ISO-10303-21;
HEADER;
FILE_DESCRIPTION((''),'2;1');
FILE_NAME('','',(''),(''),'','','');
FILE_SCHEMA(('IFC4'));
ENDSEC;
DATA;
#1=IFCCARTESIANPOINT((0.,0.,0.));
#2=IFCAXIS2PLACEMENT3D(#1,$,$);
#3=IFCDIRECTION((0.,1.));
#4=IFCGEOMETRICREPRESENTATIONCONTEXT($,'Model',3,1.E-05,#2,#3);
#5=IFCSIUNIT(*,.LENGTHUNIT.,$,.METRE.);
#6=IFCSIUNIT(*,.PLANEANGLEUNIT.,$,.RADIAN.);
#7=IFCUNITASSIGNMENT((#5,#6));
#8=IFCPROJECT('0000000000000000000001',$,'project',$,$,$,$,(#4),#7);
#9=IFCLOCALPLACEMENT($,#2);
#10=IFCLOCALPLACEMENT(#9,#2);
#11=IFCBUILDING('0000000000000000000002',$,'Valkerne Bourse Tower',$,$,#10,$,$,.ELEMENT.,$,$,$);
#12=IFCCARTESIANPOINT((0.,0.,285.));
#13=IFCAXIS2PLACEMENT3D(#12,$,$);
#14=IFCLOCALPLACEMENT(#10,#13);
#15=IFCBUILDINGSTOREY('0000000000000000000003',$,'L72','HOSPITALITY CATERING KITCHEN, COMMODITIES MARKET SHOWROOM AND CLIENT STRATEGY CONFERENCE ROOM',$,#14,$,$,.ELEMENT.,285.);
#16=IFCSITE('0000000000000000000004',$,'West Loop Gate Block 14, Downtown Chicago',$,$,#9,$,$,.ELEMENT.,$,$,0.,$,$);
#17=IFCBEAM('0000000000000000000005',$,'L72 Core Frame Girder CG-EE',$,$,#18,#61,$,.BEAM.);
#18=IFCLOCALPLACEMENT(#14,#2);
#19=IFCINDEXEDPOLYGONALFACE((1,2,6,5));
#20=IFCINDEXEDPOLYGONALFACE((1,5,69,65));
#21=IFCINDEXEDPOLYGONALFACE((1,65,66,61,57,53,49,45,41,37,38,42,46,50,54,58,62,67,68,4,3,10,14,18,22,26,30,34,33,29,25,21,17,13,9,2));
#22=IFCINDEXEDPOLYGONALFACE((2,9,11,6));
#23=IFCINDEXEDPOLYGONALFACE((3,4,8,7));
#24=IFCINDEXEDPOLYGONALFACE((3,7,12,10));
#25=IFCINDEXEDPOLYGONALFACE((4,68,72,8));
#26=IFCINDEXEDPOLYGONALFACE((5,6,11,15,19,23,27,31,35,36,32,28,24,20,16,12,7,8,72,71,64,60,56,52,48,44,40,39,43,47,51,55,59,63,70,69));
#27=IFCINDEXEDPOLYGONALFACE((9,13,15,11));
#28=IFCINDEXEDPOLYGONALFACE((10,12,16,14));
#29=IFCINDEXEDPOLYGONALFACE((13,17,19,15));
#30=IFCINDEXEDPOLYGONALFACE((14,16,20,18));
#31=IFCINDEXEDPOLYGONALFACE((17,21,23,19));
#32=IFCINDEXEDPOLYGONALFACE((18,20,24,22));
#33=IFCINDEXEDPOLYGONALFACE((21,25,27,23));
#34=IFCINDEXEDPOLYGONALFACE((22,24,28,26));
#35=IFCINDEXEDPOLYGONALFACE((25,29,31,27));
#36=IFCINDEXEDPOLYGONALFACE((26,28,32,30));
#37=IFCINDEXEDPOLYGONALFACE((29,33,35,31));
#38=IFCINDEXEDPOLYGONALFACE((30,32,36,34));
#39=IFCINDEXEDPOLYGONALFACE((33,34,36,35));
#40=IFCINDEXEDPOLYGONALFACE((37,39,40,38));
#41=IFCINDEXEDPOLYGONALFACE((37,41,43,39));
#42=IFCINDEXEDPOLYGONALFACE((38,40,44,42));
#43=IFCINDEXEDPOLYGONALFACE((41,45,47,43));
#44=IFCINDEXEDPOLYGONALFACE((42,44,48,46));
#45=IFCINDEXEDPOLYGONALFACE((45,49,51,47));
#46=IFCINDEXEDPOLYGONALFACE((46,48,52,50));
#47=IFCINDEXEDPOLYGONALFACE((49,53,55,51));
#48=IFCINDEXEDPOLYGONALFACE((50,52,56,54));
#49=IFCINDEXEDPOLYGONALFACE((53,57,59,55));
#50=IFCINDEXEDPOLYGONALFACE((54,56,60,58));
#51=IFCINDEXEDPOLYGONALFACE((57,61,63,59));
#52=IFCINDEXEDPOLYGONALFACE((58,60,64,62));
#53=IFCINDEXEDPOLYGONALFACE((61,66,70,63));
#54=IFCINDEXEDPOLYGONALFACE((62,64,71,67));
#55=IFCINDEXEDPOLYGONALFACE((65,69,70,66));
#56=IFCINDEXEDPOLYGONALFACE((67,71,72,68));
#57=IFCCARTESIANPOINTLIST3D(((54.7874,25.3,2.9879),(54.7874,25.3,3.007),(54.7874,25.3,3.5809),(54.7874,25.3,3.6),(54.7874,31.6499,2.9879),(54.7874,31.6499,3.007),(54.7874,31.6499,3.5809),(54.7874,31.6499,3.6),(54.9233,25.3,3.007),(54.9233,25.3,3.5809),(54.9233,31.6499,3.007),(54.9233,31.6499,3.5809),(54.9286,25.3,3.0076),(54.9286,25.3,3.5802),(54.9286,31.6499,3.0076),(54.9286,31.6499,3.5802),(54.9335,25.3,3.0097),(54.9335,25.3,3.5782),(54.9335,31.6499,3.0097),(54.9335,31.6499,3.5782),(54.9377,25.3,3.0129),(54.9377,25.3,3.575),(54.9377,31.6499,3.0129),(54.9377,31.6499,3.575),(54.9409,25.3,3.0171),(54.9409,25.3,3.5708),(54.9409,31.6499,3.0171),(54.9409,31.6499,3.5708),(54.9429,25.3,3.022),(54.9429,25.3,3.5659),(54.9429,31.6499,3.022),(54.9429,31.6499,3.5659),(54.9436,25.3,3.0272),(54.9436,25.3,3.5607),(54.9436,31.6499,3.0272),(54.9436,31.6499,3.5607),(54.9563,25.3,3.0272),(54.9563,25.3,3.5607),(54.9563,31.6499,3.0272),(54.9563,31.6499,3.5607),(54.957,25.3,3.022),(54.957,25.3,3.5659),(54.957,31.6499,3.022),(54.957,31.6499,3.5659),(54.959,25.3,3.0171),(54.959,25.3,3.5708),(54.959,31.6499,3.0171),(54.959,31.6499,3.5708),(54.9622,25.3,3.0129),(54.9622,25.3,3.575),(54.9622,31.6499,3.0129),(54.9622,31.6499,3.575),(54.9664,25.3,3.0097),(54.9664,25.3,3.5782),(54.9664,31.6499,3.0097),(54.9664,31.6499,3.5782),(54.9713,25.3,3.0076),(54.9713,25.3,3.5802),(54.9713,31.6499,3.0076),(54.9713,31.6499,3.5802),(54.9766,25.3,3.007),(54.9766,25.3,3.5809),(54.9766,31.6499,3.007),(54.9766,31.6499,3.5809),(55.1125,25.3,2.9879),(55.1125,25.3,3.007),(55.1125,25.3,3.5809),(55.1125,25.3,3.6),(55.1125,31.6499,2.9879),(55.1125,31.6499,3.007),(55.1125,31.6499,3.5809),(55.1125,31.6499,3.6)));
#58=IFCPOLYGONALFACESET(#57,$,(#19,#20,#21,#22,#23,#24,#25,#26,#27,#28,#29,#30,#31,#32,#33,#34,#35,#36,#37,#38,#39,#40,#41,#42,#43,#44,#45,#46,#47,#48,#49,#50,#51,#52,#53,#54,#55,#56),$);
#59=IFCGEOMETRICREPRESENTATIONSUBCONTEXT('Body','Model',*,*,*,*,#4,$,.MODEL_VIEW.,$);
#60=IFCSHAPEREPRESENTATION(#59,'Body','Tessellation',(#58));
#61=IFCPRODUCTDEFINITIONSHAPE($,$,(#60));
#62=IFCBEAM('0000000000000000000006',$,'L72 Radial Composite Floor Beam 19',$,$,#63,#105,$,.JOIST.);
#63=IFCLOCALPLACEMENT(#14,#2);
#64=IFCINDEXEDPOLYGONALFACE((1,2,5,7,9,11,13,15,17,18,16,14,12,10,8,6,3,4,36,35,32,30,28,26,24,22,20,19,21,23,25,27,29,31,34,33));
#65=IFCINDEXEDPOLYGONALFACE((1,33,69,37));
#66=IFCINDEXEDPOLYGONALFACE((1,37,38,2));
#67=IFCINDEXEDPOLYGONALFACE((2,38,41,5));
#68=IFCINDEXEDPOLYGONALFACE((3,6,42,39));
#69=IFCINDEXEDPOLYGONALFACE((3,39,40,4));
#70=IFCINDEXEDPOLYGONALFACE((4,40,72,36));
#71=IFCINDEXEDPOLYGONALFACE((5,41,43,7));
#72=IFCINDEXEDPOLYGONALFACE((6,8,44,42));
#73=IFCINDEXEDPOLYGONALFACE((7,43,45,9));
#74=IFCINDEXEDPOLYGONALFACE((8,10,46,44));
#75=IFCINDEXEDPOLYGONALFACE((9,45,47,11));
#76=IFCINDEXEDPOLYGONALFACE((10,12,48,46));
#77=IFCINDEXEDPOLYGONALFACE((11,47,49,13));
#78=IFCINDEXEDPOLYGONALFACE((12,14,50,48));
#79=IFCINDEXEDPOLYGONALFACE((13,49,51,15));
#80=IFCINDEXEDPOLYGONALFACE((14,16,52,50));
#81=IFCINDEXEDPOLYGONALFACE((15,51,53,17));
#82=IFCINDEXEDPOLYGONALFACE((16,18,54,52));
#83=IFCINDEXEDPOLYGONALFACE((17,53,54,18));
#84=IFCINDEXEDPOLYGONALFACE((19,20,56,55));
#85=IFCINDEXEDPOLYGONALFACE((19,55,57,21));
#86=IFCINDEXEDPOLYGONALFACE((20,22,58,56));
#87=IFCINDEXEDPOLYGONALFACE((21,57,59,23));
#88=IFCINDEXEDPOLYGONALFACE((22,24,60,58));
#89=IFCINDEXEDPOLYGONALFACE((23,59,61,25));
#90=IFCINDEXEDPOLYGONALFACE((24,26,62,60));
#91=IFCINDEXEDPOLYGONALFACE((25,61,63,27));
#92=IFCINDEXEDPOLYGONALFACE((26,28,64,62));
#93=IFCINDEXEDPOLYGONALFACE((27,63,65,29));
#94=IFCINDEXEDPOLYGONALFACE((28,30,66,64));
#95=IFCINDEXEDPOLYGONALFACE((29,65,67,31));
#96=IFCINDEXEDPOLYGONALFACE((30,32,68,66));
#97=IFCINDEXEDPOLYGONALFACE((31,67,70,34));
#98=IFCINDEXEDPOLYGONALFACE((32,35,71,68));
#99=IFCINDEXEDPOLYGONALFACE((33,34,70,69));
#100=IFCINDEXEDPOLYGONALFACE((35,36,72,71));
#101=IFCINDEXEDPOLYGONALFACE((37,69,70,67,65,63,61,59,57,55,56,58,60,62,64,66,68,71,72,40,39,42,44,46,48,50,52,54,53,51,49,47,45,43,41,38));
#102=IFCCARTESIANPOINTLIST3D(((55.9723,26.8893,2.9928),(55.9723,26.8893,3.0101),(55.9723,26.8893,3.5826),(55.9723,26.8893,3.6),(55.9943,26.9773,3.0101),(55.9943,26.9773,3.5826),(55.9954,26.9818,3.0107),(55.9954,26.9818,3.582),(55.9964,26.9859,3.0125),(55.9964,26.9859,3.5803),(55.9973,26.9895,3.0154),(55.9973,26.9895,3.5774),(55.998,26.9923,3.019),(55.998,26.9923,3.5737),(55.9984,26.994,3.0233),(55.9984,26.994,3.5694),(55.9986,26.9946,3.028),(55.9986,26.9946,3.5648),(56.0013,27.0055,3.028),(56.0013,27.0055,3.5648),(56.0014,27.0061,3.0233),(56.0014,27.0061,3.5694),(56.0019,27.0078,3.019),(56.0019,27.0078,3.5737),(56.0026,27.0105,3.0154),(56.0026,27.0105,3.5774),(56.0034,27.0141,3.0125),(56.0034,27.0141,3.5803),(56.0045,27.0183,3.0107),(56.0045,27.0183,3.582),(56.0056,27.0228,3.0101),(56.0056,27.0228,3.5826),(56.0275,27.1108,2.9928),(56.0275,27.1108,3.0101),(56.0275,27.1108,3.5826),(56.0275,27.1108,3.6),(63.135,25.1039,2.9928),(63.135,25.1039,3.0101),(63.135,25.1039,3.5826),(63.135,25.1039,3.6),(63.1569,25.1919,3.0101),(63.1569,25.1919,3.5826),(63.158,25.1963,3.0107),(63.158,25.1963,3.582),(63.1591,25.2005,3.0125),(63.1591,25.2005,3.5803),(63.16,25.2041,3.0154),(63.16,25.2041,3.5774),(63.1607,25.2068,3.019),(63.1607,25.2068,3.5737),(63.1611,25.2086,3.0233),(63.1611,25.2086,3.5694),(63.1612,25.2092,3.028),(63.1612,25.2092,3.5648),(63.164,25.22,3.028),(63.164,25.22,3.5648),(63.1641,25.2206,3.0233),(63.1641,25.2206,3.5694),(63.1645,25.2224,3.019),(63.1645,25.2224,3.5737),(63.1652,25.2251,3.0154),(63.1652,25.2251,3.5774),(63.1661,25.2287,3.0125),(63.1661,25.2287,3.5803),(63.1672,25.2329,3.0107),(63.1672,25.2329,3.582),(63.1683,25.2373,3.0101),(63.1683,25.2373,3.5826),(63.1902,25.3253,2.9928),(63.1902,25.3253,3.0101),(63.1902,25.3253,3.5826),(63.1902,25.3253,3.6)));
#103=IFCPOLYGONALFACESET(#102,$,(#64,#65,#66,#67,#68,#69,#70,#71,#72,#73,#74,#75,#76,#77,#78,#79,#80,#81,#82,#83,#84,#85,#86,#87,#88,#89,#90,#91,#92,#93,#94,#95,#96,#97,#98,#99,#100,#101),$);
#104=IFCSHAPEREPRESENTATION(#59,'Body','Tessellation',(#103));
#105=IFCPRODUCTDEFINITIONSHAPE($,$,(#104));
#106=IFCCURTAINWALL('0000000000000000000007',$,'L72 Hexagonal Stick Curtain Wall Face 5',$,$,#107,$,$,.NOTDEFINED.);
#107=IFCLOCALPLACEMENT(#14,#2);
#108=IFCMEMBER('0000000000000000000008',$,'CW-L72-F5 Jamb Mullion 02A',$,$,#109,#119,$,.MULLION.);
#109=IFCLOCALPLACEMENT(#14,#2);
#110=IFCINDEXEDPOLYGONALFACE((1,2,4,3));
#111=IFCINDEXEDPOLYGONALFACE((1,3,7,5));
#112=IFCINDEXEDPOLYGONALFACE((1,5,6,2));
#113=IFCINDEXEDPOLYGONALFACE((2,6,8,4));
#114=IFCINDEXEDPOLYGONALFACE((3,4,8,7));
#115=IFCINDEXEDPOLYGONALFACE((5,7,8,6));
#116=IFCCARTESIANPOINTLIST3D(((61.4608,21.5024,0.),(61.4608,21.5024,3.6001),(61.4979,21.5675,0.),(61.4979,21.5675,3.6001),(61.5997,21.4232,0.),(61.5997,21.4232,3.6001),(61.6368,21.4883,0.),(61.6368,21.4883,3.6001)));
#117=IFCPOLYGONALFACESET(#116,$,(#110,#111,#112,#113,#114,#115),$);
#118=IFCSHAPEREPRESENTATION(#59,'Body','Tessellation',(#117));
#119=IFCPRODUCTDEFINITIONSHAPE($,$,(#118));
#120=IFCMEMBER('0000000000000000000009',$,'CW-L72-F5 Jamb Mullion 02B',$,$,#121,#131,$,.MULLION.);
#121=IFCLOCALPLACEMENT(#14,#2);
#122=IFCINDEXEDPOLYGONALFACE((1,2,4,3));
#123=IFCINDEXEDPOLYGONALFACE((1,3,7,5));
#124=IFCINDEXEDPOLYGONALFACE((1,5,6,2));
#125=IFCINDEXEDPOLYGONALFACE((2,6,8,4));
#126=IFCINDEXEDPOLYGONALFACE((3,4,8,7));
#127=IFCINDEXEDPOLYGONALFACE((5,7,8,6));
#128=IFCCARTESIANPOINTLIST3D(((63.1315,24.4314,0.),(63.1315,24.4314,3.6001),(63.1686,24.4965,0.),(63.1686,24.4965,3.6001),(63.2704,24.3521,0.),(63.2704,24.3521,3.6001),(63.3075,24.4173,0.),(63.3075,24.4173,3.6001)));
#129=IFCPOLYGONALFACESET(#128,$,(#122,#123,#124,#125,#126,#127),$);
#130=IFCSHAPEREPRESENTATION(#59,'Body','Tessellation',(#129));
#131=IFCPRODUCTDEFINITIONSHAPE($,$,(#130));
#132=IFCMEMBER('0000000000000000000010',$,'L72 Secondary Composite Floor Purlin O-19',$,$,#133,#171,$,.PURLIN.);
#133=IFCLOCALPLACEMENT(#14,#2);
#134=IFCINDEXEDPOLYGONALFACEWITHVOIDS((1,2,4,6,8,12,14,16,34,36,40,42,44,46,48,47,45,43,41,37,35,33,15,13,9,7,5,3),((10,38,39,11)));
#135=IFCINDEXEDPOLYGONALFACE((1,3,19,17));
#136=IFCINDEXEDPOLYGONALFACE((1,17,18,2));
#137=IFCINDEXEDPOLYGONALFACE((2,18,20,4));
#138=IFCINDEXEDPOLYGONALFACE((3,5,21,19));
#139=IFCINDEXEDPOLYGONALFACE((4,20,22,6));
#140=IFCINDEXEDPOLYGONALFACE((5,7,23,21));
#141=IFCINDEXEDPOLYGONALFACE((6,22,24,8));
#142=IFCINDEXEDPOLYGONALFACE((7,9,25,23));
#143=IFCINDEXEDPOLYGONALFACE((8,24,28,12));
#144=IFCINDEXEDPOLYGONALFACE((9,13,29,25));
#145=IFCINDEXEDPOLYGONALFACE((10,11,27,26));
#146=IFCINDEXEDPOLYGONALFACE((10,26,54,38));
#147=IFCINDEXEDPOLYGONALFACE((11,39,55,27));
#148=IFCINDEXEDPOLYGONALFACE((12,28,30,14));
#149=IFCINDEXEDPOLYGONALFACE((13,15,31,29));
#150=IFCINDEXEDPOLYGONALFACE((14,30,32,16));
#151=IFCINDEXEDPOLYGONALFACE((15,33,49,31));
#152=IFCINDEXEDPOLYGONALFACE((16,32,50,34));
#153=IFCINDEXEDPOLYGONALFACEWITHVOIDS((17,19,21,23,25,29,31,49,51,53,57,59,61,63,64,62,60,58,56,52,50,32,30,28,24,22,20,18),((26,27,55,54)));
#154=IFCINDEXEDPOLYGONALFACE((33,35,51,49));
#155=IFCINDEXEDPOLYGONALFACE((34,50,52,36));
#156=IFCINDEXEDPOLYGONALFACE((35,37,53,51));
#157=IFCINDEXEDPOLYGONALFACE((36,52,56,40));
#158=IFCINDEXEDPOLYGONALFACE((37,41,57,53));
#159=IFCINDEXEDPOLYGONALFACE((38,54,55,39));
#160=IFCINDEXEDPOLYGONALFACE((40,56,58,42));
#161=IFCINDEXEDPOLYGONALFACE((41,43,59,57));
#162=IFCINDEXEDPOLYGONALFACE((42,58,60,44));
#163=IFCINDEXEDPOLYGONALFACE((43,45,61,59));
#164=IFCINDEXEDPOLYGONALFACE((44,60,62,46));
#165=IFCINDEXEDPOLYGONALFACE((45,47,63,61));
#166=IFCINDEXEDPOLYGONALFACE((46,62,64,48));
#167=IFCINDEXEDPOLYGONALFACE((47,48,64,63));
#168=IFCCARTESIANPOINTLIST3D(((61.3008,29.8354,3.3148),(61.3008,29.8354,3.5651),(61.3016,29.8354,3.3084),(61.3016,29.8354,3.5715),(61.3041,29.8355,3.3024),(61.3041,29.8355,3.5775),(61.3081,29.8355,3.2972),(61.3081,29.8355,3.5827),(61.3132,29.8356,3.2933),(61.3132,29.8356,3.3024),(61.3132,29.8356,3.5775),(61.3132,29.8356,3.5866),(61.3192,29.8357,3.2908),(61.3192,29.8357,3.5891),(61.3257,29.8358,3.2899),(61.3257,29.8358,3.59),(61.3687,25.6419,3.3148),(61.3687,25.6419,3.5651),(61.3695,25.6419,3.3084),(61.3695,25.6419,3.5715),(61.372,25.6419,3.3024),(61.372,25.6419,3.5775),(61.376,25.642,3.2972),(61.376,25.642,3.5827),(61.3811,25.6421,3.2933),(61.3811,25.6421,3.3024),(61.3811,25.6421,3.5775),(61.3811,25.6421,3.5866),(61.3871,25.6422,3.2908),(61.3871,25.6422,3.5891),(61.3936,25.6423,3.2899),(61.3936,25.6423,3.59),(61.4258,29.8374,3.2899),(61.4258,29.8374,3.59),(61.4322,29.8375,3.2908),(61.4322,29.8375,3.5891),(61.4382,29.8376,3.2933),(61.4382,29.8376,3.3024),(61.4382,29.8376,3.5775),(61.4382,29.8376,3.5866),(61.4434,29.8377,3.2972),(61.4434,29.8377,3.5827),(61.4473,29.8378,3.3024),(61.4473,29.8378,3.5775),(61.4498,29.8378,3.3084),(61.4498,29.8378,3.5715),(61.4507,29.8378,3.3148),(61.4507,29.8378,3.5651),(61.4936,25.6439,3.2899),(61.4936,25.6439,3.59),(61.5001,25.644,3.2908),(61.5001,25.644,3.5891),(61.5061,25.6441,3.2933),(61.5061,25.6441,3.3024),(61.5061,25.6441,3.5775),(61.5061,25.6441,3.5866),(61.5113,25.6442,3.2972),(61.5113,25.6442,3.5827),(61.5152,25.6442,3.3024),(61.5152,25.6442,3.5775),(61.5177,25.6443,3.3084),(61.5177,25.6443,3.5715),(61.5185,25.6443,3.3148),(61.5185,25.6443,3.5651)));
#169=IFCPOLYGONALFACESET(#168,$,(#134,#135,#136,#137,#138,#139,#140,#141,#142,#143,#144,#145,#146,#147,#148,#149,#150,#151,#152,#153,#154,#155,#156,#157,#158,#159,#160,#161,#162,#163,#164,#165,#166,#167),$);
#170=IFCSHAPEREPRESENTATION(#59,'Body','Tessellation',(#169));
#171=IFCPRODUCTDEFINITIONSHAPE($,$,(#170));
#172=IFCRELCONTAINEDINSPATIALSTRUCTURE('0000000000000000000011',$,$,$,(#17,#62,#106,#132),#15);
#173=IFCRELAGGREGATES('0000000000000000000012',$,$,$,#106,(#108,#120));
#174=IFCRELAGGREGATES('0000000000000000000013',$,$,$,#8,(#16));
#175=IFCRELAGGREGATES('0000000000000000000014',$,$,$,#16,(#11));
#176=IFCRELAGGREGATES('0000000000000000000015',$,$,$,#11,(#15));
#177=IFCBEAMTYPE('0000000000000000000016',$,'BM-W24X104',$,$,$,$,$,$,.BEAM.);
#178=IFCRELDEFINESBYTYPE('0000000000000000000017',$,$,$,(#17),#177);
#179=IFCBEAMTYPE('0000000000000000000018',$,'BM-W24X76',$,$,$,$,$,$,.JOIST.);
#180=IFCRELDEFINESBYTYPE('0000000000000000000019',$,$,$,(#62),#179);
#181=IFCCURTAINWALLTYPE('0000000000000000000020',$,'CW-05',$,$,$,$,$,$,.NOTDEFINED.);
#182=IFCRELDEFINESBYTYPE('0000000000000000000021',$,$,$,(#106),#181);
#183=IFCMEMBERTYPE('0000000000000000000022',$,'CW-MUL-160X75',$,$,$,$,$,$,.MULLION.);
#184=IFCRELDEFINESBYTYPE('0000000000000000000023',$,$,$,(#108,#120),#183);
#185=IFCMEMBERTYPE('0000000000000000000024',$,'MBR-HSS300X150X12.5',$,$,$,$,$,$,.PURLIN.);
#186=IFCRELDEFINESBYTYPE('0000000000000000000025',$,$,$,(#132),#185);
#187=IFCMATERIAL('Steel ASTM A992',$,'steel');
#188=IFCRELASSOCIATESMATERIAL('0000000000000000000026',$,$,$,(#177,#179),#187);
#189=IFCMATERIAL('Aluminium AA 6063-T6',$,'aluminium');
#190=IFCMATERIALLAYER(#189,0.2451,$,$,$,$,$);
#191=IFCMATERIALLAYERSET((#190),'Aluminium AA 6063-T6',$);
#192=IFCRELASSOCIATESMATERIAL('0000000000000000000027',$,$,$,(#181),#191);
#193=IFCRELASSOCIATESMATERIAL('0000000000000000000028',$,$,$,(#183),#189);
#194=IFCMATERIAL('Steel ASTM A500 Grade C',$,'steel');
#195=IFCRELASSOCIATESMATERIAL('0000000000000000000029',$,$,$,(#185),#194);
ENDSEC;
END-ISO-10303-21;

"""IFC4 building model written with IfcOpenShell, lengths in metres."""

from ifc_helpers import new_model, si_unit, direction, frame, origin, origin_2d, place, context, subcontext, project, spatial, rectangle, hollow_rectangle, i_section, extrude, material, layer, layer_set, material_profile, profile_set, type_object, element, aggregate, save


model = new_model("IFC4")

# Units and contexts
model_context = context("Model", 3, precision=1e-05, world=origin(), true_north=direction((0.0, 1.0)))
body_context = subcontext(model_context, "Body", "Model", "MODEL_VIEW")
ifc_project = project(units=[si_unit("LENGTHUNIT", "METRE"), si_unit("PLANEANGLEUNIT", "RADIAN")], contexts=[model_context])

# Site, building, storey
site_placement = place(None, origin())
site = spatial("IfcSite", under=ifc_project, at=site_placement, Name="West Loop Gate Block 14, Downtown Chicago", CompositionType="ELEMENT", RefElevation=0.0)
building_placement = place(site_placement, origin())
building = spatial("IfcBuilding", under=site, at=building_placement, Name="Valkerne Bourse Tower", CompositionType="ELEMENT")
storey_placement = place(building_placement, frame((0.0, 0.0, 285.0)))
storey = spatial("IfcBuildingStorey", under=building, at=storey_placement, Name="L72", Description="HOSPITALITY CATERING KITCHEN, COMMODITIES MARKET SHOWROOM AND CLIENT STRATEGY CONFERENCE ROOM", CompositionType="ELEMENT", Elevation=285.0)

# Shared definitions
ifc_material_1 = material(Name="Steel ASTM A500 Grade C", Category="steel")

# Beams
ifc_material_2 = material(Name="Steel ASTM A992", Category="steel")
ifc_material_profile_1 = material_profile(ifc_material_2, i_section(OverallWidth=0.3252, OverallDepth=0.6121, WebThickness=0.0127, FlangeThickness=0.019, FilletRadius=0.0203, at=origin_2d()), Name="W24X104")
ifc_profile_set_1 = profile_set([ifc_material_profile_1], Name="Steel ASTM A992")
beam_type_1 = type_object("IfcBeamType", Name="BM-W24X104", PredefinedType="BEAM", material=ifc_profile_set_1)
beam_1_placement = place(storey_placement, frame((54.95, 25.3, 3.2939), z_axis=(0.0, 1.0, 0.0), x_axis=(-1.0, 0.0, 0.0)))
element("IfcBeam", 1, at=beam_1_placement, inside=storey, type_object=beam_type_1, Name="L72 Core Frame Girder CG-EE", PredefinedType="BEAM", context=body_context, shape_type="SweptSolid", body=[
    extrude(i_section(OverallWidth=0.3252, OverallDepth=0.6121, WebThickness=0.0127, FlangeThickness=0.019, FilletRadius=0.0203, at=origin_2d()), origin(), (0.0, 0.0, 1.0), 6.3499),
])
ifc_material_profile_2 = material_profile(ifc_material_2, i_section(OverallWidth=0.2283, OverallDepth=0.6072, WebThickness=0.0112, FlangeThickness=0.0173, FilletRadius=0.0178, at=origin_2d()), Name="W24X76")
ifc_profile_set_2 = profile_set([ifc_material_profile_2], Name="Steel ASTM A992")
beam_type_2 = type_object("IfcBeamType", Name="BM-W24X76", PredefinedType="JOIST", material=ifc_profile_set_2)
beam_2_placement = place(storey_placement, frame((63.1626, 25.2146, 3.2964), z_axis=(-0.97031, 0.241866, 0.0), x_axis=(-0.241866, -0.97031, 0.0)))
element("IfcBeam", 2, at=beam_2_placement, inside=storey, type_object=beam_type_2, Name="L72 Radial Composite Floor Beam 19", PredefinedType="JOIST", context=body_context, shape_type="SweptSolid", body=[
    extrude(i_section(OverallWidth=0.2283, OverallDepth=0.6072, WebThickness=0.0112, FlangeThickness=0.0173, FilletRadius=0.0178, at=origin_2d()), origin(), (0.0, 0.0, 1.0), 7.3818),
])

# Curtain wall, members
ifc_material_3 = material(Name="Aluminium AA 6063-T6", Category="aluminium")
ifc_layer_1 = layer(ifc_material_3, 0.2451)
ifc_layer_set_1 = layer_set([ifc_layer_1], Name="Aluminium AA 6063-T6")
curtain_wall_type = type_object("IfcCurtainWallType", Name="CW-05", PredefinedType="NOTDEFINED", material=ifc_layer_set_1)
curtain_wall_placement = place(storey_placement, origin())
curtain_wall = element("IfcCurtainWall", 3, at=curtain_wall_placement, inside=storey, type_object=curtain_wall_type, Name="L72 Hexagonal Stick Curtain Wall Face 5", PredefinedType="NOTDEFINED")
ifc_material_profile_3 = material_profile(ifc_material_3, rectangle(XDim=0.075, YDim=0.1599, at=origin_2d()), Name="CWM-75X160")
ifc_profile_set_3 = profile_set([ifc_material_profile_3], Name="Aluminium AA 6063-T6")
member_type_1 = type_object("IfcMemberType", Name="CW-MUL-160X75", PredefinedType="MULLION", material=ifc_profile_set_3)
member_1_placement = place(storey_placement, frame((61.5488, 21.4954, 0.0), z_axis=(0.0, 0.0, 1.0), x_axis=(0.495461, 0.86863, 0.0)))
member_1 = element("IfcMember", 4, at=member_1_placement, type_object=member_type_1, Name="CW-L72-F5 Jamb Mullion 02A", PredefinedType="MULLION", context=body_context, shape_type="SweptSolid", body=[
    extrude(rectangle(XDim=0.075, YDim=0.1599, at=origin_2d()), origin(), (0.0, 0.0, 1.0), 3.6001),
])
member_2_placement = place(storey_placement, frame((63.2195, 24.4243, 0.0), z_axis=(0.0, 0.0, 1.0), x_axis=(0.495461, 0.86863, 0.0)))
member_2 = element("IfcMember", 5, at=member_2_placement, type_object=member_type_1, Name="CW-L72-F5 Jamb Mullion 02B", PredefinedType="MULLION", context=body_context, shape_type="SweptSolid", body=[
    extrude(rectangle(XDim=0.075, YDim=0.1599, at=origin_2d()), origin(), (0.0, 0.0, 1.0), 3.6001),
])

# Member
ifc_material_profile_4 = material_profile(ifc_material_1, hollow_rectangle(XDim=0.1499, YDim=0.3, WallThickness=0.0125, OuterFilletRadius=0.0249, at=origin_2d()), Name="HSS300X150X12.5")
ifc_profile_set_4 = profile_set([ifc_material_profile_4], Name="Steel ASTM A500 Grade C")
member_type_2 = type_object("IfcMemberType", Name="MBR-HSS300X150X12.5", PredefinedType="PURLIN", material=ifc_profile_set_4)
member_3_placement = place(storey_placement, frame((61.4436, 25.6431, 3.4399), z_axis=(-0.016182, 0.999869, 0.0), x_axis=(-0.999869, -0.016182, 0.0)))
element("IfcMember", 6, at=member_3_placement, inside=storey, type_object=member_type_2, Name="L72 Secondary Composite Floor Purlin O-19", PredefinedType="PURLIN", context=body_context, shape_type="SweptSolid", body=[
    extrude(hollow_rectangle(XDim=0.1499, YDim=0.3, WallThickness=0.0125, OuterFilletRadius=0.0249, at=origin_2d()), origin(), (0.0, 0.0, 1.0), 4.1941),
])

aggregate(curtain_wall, [member_1, member_2])

save(model, "model.ifc")
